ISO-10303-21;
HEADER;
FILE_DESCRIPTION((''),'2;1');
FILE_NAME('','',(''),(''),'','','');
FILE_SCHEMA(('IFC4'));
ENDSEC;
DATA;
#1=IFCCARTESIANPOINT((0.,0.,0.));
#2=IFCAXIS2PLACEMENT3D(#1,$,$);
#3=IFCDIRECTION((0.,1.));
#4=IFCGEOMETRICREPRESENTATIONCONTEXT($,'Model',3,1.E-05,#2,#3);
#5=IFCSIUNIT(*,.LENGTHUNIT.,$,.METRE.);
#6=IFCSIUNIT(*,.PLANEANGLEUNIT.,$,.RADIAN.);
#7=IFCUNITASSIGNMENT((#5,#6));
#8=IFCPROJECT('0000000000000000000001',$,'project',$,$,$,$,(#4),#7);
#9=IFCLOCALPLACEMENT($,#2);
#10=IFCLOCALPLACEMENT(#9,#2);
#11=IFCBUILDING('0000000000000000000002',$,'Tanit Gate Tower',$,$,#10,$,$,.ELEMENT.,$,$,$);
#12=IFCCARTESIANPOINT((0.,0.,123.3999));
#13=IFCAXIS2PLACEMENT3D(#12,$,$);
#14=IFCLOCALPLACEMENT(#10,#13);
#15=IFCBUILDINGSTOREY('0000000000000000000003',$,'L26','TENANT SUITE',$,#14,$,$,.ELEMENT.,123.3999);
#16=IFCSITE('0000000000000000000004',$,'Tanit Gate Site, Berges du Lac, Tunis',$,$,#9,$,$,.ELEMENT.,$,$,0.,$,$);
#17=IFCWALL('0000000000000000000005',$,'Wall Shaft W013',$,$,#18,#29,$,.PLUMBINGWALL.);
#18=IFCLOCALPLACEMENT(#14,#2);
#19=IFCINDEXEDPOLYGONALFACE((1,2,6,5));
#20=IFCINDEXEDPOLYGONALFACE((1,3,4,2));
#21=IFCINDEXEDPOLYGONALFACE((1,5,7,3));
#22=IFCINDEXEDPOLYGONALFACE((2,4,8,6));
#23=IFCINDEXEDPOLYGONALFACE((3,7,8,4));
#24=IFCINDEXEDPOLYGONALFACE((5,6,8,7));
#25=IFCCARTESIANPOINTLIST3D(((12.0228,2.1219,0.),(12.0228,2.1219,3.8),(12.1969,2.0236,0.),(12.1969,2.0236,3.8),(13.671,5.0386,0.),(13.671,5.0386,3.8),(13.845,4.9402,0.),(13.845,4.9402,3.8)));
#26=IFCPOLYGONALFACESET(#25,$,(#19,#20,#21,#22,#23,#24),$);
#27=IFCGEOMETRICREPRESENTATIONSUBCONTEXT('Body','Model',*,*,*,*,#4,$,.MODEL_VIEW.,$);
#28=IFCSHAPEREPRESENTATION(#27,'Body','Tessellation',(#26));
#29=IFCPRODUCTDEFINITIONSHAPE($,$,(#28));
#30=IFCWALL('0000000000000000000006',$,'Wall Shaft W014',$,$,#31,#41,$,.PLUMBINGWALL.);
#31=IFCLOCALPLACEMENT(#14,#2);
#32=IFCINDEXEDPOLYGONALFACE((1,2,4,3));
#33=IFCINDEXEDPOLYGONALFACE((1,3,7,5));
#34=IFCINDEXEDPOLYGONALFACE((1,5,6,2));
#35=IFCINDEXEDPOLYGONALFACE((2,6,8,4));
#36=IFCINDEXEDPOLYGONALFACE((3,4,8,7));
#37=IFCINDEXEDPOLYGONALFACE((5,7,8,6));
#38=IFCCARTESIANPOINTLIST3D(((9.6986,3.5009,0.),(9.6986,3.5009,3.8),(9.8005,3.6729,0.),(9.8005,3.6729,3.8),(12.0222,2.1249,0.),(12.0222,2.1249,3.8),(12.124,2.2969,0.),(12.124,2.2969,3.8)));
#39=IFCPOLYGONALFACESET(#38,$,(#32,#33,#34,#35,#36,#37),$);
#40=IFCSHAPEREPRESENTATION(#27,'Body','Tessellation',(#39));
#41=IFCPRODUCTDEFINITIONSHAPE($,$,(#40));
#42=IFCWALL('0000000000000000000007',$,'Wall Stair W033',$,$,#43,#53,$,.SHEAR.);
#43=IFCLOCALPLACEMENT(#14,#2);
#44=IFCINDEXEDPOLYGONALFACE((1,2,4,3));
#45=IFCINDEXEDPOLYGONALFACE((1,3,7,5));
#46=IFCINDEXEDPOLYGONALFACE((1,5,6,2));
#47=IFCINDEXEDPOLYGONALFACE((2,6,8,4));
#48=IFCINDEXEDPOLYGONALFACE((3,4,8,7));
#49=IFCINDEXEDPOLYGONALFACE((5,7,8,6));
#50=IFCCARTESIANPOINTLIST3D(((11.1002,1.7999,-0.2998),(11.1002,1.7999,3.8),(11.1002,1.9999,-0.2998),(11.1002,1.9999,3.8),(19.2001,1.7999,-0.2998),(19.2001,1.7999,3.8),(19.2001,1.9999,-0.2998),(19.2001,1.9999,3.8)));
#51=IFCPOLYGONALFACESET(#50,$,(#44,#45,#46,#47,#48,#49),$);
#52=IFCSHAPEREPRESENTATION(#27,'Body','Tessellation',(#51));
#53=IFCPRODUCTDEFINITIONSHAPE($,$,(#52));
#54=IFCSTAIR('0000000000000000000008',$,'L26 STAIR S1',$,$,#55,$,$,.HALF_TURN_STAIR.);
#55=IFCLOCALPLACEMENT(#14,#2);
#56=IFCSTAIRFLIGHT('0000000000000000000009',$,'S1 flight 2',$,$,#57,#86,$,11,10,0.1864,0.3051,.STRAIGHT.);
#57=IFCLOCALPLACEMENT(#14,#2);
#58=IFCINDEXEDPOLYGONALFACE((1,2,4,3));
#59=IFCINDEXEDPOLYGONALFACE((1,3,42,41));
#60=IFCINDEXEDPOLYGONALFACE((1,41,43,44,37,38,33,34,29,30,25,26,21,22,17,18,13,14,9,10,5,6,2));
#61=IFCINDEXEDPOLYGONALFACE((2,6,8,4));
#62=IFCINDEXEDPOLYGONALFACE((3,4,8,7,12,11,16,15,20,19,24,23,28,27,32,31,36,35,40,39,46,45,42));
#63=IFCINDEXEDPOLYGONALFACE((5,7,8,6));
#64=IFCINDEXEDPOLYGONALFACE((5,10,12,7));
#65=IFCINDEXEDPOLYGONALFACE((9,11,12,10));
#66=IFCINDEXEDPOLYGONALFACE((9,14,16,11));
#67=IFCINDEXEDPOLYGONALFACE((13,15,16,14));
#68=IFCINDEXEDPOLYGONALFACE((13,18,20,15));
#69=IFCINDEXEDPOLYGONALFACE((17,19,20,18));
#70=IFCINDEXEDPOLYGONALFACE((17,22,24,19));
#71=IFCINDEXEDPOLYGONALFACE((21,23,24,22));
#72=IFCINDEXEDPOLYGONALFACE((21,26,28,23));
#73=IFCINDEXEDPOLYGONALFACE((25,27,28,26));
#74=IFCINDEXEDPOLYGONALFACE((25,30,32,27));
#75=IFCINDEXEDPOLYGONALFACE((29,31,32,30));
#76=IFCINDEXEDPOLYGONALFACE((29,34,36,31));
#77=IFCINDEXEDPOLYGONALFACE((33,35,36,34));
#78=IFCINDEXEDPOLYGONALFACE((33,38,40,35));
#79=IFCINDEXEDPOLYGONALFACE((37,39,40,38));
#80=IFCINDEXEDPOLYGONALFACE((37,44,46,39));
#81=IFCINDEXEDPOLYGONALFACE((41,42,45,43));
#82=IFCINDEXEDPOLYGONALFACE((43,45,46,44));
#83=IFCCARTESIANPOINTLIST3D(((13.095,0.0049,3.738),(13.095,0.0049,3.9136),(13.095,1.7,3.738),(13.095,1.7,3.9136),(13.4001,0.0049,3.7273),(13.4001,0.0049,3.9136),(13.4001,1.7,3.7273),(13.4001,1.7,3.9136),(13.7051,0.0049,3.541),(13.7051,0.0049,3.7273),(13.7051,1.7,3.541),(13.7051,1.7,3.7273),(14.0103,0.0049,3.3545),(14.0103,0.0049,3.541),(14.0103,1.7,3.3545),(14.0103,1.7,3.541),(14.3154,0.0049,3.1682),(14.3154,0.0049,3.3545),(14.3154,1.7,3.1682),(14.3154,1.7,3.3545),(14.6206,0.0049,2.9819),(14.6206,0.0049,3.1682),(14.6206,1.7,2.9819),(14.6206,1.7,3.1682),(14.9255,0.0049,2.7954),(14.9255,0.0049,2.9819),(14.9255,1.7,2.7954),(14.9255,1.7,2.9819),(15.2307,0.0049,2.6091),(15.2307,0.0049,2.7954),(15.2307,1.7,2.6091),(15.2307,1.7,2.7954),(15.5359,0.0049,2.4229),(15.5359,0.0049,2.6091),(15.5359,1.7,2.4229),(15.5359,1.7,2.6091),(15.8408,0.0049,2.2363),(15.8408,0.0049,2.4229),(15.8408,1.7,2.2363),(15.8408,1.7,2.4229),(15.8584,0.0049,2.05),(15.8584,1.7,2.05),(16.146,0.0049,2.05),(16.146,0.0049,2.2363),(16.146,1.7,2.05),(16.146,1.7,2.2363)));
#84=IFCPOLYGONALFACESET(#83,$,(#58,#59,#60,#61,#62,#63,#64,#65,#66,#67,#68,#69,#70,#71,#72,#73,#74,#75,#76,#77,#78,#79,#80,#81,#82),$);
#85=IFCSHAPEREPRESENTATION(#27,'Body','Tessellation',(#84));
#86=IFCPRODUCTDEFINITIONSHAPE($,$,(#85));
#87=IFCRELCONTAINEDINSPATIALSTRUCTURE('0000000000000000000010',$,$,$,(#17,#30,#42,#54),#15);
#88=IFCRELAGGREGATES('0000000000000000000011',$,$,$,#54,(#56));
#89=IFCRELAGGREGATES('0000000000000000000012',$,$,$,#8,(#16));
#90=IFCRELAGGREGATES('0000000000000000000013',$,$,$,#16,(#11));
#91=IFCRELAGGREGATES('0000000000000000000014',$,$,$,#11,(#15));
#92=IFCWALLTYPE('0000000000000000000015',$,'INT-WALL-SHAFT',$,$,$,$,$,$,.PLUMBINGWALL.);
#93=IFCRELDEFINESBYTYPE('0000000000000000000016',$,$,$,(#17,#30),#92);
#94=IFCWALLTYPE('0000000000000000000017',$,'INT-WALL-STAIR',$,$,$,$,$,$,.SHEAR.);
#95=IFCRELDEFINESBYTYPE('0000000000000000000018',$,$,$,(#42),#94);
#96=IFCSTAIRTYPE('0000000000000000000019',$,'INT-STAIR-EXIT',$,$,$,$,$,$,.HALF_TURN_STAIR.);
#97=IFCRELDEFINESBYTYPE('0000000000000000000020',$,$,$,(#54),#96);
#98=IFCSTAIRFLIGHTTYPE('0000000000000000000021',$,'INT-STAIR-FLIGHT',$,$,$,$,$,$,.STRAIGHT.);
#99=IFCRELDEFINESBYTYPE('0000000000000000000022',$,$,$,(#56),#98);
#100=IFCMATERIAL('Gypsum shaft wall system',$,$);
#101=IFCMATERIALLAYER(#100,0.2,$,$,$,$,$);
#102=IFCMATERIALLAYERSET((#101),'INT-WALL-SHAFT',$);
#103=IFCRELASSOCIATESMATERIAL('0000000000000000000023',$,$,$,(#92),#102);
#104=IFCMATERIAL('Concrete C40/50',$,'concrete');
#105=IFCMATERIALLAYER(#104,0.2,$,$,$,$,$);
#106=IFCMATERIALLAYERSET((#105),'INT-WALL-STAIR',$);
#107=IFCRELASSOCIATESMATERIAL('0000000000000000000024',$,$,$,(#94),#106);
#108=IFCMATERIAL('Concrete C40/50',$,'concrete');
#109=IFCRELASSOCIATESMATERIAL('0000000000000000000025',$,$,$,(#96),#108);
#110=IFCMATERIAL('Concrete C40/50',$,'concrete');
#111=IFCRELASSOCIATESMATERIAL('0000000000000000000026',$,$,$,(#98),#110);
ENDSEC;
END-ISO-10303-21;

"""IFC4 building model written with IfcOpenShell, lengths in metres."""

from ifc_helpers import new_model, si_unit, direction, frame, frame_2d, origin, place, context, subcontext, project, spatial, polyline, rectangle, outline, extrude, material, layer, layer_set, type_object, element, aggregate, save


model = new_model("IFC4")

# Units and contexts
model_context = context("Model", 3, precision=1e-05, world=origin(), true_north=direction((0.0, 1.0)))
body_context = subcontext(model_context, "Body", "Model", "MODEL_VIEW")
ifc_project = project(units=[si_unit("LENGTHUNIT", "METRE"), si_unit("PLANEANGLEUNIT", "RADIAN")], contexts=[model_context])

# Site, building, storey
site_placement = place(None, origin())
site = spatial("IfcSite", under=ifc_project, at=site_placement, Name="Tanit Gate Site, Berges du Lac, Tunis", CompositionType="ELEMENT", RefElevation=0.0)
building_placement = place(site_placement, origin())
building = spatial("IfcBuilding", under=site, at=building_placement, Name="Tanit Gate Tower", CompositionType="ELEMENT")
storey_placement = place(building_placement, frame((0.0, 0.0, 123.3999)))
storey = spatial("IfcBuildingStorey", under=building, at=storey_placement, Name="L26", Description="TENANT SUITE", CompositionType="ELEMENT", Elevation=123.3999)

# Walls
ifc_material_1 = material(Name="Gypsum shaft wall system")
ifc_layer_1 = layer(ifc_material_1, 0.2)
ifc_layer_set_1 = layer_set([ifc_layer_1], Name="INT-WALL-SHAFT")
wall_type_1 = type_object("IfcWallType", Name="INT-WALL-SHAFT", PredefinedType="PLUMBINGWALL", material=ifc_layer_set_1)
wall_1_placement = place(storey_placement, frame((12.1099, 2.0728, 0.0), z_axis=(0.0, 0.0, 1.0), x_axis=(0.491966, 0.870614, 0.0)))
element("IfcWall", 1, at=wall_1_placement, inside=storey, type_object=wall_type_1, Name="Wall Shaft W013", PredefinedType="PLUMBINGWALL", context=body_context, shape_type="SweptSolid", body=[
    extrude(rectangle(XDim=3.3501, YDim=0.2, at=frame_2d((1.675, 0.0))), origin(), (0.0, 0.0, 1.0), 3.8),
])
wall_2_placement = place(storey_placement, frame((12.073, 2.2109, 0.0), z_axis=(0.0, 0.0, 1.0), x_axis=(-0.860438, 0.509555, 0.0)))
element("IfcWall", 2, at=wall_2_placement, inside=storey, type_object=wall_type_1, Name="Wall Shaft W014", PredefinedType="PLUMBINGWALL", context=body_context, shape_type="SweptSolid", body=[
    extrude(rectangle(XDim=2.7004, YDim=0.2, at=frame_2d((1.3501, 0.0))), origin(), (0.0, 0.0, 1.0), 3.8),
])
ifc_material_2 = material(Name="Concrete C40/50", Category="concrete")
ifc_layer_2 = layer(ifc_material_2, 0.2)
ifc_layer_set_2 = layer_set([ifc_layer_2], Name="INT-WALL-STAIR")
wall_type_2 = type_object("IfcWallType", Name="INT-WALL-STAIR", PredefinedType="SHEAR", material=ifc_layer_set_2)
wall_3_placement = place(storey_placement, frame((19.2, 1.8999, -0.2998), z_axis=(0.0, 0.0, 1.0), x_axis=(-1.0, 0.0, 0.0)))
element("IfcWall", 3, at=wall_3_placement, inside=storey, type_object=wall_type_2, Name="Wall Stair W033", PredefinedType="SHEAR", context=body_context, shape_type="SweptSolid", body=[
    extrude(rectangle(XDim=8.0999, YDim=0.2, at=frame_2d((4.0498, 0.0))), origin(), (0.0, 0.0, 1.0), 4.0999),
])

# Stair, stair flight
ifc_material_3 = material(Name="Concrete C40/50", Category="concrete")
stair_type = type_object("IfcStairType", Name="INT-STAIR-EXIT", PredefinedType="HALF_TURN_STAIR", material=ifc_material_3)
stair_placement = place(storey_placement, origin())
stair = element("IfcStair", 4, at=stair_placement, inside=storey, type_object=stair_type, Name="L26 STAIR S1", PredefinedType="HALF_TURN_STAIR")
ifc_material_4 = material(Name="Concrete C40/50", Category="concrete")
stair_flight_type = type_object("IfcStairFlightType", Name="INT-STAIR-FLIGHT", PredefinedType="STRAIGHT", material=ifc_material_4)
stair_flight_placement = place(storey_placement, frame((16.146, 0.8525, 2.05), z_axis=(0.0, 0.0, 1.0), x_axis=(-1.0, 0.0, 0.0)))
stair_flight = element("IfcStairFlight", 5, at=stair_flight_placement, type_object=stair_flight_type, Name="S1 flight 2", NumberOfRisers=11, NumberOfTreads=10, PredefinedType="STRAIGHT", RiserHeight=0.1864, TreadLength=0.3051, context=body_context, shape_type="SweptSolid", body=[
    extrude(outline(polyline([(0.0, 0.0), (0.0, 0.1863), (0.3052, 0.1863), (0.3052, 0.3728), (0.6101, 0.3728), (0.6101, 0.5591), (0.9153, 0.5591), (0.9153, 0.7454), (1.2205, 0.7454), (1.2205, 0.9319), (1.5254, 0.9319), (1.5254, 1.1182), (1.8306, 1.1182), (1.8306, 1.3044), (2.1357, 1.3044), (2.1357, 1.491), (2.4409, 1.491), (2.4409, 1.6772), (2.7458, 1.6772), (2.7458, 1.8635), (3.051, 1.8635), (3.051, 2.05), (3.051, 1.688), (0.2876, 0.0), (0.0, 0.0)])), frame((0.0, 0.8477, 0.0), z_axis=(0.0, -1.0, 0.0), x_axis=(1.0, 0.0, 0.0)), (0.0, 0.0, 1.0), 1.6951),
])
aggregate(stair, [stair_flight])

save(model, "model.ifc")
